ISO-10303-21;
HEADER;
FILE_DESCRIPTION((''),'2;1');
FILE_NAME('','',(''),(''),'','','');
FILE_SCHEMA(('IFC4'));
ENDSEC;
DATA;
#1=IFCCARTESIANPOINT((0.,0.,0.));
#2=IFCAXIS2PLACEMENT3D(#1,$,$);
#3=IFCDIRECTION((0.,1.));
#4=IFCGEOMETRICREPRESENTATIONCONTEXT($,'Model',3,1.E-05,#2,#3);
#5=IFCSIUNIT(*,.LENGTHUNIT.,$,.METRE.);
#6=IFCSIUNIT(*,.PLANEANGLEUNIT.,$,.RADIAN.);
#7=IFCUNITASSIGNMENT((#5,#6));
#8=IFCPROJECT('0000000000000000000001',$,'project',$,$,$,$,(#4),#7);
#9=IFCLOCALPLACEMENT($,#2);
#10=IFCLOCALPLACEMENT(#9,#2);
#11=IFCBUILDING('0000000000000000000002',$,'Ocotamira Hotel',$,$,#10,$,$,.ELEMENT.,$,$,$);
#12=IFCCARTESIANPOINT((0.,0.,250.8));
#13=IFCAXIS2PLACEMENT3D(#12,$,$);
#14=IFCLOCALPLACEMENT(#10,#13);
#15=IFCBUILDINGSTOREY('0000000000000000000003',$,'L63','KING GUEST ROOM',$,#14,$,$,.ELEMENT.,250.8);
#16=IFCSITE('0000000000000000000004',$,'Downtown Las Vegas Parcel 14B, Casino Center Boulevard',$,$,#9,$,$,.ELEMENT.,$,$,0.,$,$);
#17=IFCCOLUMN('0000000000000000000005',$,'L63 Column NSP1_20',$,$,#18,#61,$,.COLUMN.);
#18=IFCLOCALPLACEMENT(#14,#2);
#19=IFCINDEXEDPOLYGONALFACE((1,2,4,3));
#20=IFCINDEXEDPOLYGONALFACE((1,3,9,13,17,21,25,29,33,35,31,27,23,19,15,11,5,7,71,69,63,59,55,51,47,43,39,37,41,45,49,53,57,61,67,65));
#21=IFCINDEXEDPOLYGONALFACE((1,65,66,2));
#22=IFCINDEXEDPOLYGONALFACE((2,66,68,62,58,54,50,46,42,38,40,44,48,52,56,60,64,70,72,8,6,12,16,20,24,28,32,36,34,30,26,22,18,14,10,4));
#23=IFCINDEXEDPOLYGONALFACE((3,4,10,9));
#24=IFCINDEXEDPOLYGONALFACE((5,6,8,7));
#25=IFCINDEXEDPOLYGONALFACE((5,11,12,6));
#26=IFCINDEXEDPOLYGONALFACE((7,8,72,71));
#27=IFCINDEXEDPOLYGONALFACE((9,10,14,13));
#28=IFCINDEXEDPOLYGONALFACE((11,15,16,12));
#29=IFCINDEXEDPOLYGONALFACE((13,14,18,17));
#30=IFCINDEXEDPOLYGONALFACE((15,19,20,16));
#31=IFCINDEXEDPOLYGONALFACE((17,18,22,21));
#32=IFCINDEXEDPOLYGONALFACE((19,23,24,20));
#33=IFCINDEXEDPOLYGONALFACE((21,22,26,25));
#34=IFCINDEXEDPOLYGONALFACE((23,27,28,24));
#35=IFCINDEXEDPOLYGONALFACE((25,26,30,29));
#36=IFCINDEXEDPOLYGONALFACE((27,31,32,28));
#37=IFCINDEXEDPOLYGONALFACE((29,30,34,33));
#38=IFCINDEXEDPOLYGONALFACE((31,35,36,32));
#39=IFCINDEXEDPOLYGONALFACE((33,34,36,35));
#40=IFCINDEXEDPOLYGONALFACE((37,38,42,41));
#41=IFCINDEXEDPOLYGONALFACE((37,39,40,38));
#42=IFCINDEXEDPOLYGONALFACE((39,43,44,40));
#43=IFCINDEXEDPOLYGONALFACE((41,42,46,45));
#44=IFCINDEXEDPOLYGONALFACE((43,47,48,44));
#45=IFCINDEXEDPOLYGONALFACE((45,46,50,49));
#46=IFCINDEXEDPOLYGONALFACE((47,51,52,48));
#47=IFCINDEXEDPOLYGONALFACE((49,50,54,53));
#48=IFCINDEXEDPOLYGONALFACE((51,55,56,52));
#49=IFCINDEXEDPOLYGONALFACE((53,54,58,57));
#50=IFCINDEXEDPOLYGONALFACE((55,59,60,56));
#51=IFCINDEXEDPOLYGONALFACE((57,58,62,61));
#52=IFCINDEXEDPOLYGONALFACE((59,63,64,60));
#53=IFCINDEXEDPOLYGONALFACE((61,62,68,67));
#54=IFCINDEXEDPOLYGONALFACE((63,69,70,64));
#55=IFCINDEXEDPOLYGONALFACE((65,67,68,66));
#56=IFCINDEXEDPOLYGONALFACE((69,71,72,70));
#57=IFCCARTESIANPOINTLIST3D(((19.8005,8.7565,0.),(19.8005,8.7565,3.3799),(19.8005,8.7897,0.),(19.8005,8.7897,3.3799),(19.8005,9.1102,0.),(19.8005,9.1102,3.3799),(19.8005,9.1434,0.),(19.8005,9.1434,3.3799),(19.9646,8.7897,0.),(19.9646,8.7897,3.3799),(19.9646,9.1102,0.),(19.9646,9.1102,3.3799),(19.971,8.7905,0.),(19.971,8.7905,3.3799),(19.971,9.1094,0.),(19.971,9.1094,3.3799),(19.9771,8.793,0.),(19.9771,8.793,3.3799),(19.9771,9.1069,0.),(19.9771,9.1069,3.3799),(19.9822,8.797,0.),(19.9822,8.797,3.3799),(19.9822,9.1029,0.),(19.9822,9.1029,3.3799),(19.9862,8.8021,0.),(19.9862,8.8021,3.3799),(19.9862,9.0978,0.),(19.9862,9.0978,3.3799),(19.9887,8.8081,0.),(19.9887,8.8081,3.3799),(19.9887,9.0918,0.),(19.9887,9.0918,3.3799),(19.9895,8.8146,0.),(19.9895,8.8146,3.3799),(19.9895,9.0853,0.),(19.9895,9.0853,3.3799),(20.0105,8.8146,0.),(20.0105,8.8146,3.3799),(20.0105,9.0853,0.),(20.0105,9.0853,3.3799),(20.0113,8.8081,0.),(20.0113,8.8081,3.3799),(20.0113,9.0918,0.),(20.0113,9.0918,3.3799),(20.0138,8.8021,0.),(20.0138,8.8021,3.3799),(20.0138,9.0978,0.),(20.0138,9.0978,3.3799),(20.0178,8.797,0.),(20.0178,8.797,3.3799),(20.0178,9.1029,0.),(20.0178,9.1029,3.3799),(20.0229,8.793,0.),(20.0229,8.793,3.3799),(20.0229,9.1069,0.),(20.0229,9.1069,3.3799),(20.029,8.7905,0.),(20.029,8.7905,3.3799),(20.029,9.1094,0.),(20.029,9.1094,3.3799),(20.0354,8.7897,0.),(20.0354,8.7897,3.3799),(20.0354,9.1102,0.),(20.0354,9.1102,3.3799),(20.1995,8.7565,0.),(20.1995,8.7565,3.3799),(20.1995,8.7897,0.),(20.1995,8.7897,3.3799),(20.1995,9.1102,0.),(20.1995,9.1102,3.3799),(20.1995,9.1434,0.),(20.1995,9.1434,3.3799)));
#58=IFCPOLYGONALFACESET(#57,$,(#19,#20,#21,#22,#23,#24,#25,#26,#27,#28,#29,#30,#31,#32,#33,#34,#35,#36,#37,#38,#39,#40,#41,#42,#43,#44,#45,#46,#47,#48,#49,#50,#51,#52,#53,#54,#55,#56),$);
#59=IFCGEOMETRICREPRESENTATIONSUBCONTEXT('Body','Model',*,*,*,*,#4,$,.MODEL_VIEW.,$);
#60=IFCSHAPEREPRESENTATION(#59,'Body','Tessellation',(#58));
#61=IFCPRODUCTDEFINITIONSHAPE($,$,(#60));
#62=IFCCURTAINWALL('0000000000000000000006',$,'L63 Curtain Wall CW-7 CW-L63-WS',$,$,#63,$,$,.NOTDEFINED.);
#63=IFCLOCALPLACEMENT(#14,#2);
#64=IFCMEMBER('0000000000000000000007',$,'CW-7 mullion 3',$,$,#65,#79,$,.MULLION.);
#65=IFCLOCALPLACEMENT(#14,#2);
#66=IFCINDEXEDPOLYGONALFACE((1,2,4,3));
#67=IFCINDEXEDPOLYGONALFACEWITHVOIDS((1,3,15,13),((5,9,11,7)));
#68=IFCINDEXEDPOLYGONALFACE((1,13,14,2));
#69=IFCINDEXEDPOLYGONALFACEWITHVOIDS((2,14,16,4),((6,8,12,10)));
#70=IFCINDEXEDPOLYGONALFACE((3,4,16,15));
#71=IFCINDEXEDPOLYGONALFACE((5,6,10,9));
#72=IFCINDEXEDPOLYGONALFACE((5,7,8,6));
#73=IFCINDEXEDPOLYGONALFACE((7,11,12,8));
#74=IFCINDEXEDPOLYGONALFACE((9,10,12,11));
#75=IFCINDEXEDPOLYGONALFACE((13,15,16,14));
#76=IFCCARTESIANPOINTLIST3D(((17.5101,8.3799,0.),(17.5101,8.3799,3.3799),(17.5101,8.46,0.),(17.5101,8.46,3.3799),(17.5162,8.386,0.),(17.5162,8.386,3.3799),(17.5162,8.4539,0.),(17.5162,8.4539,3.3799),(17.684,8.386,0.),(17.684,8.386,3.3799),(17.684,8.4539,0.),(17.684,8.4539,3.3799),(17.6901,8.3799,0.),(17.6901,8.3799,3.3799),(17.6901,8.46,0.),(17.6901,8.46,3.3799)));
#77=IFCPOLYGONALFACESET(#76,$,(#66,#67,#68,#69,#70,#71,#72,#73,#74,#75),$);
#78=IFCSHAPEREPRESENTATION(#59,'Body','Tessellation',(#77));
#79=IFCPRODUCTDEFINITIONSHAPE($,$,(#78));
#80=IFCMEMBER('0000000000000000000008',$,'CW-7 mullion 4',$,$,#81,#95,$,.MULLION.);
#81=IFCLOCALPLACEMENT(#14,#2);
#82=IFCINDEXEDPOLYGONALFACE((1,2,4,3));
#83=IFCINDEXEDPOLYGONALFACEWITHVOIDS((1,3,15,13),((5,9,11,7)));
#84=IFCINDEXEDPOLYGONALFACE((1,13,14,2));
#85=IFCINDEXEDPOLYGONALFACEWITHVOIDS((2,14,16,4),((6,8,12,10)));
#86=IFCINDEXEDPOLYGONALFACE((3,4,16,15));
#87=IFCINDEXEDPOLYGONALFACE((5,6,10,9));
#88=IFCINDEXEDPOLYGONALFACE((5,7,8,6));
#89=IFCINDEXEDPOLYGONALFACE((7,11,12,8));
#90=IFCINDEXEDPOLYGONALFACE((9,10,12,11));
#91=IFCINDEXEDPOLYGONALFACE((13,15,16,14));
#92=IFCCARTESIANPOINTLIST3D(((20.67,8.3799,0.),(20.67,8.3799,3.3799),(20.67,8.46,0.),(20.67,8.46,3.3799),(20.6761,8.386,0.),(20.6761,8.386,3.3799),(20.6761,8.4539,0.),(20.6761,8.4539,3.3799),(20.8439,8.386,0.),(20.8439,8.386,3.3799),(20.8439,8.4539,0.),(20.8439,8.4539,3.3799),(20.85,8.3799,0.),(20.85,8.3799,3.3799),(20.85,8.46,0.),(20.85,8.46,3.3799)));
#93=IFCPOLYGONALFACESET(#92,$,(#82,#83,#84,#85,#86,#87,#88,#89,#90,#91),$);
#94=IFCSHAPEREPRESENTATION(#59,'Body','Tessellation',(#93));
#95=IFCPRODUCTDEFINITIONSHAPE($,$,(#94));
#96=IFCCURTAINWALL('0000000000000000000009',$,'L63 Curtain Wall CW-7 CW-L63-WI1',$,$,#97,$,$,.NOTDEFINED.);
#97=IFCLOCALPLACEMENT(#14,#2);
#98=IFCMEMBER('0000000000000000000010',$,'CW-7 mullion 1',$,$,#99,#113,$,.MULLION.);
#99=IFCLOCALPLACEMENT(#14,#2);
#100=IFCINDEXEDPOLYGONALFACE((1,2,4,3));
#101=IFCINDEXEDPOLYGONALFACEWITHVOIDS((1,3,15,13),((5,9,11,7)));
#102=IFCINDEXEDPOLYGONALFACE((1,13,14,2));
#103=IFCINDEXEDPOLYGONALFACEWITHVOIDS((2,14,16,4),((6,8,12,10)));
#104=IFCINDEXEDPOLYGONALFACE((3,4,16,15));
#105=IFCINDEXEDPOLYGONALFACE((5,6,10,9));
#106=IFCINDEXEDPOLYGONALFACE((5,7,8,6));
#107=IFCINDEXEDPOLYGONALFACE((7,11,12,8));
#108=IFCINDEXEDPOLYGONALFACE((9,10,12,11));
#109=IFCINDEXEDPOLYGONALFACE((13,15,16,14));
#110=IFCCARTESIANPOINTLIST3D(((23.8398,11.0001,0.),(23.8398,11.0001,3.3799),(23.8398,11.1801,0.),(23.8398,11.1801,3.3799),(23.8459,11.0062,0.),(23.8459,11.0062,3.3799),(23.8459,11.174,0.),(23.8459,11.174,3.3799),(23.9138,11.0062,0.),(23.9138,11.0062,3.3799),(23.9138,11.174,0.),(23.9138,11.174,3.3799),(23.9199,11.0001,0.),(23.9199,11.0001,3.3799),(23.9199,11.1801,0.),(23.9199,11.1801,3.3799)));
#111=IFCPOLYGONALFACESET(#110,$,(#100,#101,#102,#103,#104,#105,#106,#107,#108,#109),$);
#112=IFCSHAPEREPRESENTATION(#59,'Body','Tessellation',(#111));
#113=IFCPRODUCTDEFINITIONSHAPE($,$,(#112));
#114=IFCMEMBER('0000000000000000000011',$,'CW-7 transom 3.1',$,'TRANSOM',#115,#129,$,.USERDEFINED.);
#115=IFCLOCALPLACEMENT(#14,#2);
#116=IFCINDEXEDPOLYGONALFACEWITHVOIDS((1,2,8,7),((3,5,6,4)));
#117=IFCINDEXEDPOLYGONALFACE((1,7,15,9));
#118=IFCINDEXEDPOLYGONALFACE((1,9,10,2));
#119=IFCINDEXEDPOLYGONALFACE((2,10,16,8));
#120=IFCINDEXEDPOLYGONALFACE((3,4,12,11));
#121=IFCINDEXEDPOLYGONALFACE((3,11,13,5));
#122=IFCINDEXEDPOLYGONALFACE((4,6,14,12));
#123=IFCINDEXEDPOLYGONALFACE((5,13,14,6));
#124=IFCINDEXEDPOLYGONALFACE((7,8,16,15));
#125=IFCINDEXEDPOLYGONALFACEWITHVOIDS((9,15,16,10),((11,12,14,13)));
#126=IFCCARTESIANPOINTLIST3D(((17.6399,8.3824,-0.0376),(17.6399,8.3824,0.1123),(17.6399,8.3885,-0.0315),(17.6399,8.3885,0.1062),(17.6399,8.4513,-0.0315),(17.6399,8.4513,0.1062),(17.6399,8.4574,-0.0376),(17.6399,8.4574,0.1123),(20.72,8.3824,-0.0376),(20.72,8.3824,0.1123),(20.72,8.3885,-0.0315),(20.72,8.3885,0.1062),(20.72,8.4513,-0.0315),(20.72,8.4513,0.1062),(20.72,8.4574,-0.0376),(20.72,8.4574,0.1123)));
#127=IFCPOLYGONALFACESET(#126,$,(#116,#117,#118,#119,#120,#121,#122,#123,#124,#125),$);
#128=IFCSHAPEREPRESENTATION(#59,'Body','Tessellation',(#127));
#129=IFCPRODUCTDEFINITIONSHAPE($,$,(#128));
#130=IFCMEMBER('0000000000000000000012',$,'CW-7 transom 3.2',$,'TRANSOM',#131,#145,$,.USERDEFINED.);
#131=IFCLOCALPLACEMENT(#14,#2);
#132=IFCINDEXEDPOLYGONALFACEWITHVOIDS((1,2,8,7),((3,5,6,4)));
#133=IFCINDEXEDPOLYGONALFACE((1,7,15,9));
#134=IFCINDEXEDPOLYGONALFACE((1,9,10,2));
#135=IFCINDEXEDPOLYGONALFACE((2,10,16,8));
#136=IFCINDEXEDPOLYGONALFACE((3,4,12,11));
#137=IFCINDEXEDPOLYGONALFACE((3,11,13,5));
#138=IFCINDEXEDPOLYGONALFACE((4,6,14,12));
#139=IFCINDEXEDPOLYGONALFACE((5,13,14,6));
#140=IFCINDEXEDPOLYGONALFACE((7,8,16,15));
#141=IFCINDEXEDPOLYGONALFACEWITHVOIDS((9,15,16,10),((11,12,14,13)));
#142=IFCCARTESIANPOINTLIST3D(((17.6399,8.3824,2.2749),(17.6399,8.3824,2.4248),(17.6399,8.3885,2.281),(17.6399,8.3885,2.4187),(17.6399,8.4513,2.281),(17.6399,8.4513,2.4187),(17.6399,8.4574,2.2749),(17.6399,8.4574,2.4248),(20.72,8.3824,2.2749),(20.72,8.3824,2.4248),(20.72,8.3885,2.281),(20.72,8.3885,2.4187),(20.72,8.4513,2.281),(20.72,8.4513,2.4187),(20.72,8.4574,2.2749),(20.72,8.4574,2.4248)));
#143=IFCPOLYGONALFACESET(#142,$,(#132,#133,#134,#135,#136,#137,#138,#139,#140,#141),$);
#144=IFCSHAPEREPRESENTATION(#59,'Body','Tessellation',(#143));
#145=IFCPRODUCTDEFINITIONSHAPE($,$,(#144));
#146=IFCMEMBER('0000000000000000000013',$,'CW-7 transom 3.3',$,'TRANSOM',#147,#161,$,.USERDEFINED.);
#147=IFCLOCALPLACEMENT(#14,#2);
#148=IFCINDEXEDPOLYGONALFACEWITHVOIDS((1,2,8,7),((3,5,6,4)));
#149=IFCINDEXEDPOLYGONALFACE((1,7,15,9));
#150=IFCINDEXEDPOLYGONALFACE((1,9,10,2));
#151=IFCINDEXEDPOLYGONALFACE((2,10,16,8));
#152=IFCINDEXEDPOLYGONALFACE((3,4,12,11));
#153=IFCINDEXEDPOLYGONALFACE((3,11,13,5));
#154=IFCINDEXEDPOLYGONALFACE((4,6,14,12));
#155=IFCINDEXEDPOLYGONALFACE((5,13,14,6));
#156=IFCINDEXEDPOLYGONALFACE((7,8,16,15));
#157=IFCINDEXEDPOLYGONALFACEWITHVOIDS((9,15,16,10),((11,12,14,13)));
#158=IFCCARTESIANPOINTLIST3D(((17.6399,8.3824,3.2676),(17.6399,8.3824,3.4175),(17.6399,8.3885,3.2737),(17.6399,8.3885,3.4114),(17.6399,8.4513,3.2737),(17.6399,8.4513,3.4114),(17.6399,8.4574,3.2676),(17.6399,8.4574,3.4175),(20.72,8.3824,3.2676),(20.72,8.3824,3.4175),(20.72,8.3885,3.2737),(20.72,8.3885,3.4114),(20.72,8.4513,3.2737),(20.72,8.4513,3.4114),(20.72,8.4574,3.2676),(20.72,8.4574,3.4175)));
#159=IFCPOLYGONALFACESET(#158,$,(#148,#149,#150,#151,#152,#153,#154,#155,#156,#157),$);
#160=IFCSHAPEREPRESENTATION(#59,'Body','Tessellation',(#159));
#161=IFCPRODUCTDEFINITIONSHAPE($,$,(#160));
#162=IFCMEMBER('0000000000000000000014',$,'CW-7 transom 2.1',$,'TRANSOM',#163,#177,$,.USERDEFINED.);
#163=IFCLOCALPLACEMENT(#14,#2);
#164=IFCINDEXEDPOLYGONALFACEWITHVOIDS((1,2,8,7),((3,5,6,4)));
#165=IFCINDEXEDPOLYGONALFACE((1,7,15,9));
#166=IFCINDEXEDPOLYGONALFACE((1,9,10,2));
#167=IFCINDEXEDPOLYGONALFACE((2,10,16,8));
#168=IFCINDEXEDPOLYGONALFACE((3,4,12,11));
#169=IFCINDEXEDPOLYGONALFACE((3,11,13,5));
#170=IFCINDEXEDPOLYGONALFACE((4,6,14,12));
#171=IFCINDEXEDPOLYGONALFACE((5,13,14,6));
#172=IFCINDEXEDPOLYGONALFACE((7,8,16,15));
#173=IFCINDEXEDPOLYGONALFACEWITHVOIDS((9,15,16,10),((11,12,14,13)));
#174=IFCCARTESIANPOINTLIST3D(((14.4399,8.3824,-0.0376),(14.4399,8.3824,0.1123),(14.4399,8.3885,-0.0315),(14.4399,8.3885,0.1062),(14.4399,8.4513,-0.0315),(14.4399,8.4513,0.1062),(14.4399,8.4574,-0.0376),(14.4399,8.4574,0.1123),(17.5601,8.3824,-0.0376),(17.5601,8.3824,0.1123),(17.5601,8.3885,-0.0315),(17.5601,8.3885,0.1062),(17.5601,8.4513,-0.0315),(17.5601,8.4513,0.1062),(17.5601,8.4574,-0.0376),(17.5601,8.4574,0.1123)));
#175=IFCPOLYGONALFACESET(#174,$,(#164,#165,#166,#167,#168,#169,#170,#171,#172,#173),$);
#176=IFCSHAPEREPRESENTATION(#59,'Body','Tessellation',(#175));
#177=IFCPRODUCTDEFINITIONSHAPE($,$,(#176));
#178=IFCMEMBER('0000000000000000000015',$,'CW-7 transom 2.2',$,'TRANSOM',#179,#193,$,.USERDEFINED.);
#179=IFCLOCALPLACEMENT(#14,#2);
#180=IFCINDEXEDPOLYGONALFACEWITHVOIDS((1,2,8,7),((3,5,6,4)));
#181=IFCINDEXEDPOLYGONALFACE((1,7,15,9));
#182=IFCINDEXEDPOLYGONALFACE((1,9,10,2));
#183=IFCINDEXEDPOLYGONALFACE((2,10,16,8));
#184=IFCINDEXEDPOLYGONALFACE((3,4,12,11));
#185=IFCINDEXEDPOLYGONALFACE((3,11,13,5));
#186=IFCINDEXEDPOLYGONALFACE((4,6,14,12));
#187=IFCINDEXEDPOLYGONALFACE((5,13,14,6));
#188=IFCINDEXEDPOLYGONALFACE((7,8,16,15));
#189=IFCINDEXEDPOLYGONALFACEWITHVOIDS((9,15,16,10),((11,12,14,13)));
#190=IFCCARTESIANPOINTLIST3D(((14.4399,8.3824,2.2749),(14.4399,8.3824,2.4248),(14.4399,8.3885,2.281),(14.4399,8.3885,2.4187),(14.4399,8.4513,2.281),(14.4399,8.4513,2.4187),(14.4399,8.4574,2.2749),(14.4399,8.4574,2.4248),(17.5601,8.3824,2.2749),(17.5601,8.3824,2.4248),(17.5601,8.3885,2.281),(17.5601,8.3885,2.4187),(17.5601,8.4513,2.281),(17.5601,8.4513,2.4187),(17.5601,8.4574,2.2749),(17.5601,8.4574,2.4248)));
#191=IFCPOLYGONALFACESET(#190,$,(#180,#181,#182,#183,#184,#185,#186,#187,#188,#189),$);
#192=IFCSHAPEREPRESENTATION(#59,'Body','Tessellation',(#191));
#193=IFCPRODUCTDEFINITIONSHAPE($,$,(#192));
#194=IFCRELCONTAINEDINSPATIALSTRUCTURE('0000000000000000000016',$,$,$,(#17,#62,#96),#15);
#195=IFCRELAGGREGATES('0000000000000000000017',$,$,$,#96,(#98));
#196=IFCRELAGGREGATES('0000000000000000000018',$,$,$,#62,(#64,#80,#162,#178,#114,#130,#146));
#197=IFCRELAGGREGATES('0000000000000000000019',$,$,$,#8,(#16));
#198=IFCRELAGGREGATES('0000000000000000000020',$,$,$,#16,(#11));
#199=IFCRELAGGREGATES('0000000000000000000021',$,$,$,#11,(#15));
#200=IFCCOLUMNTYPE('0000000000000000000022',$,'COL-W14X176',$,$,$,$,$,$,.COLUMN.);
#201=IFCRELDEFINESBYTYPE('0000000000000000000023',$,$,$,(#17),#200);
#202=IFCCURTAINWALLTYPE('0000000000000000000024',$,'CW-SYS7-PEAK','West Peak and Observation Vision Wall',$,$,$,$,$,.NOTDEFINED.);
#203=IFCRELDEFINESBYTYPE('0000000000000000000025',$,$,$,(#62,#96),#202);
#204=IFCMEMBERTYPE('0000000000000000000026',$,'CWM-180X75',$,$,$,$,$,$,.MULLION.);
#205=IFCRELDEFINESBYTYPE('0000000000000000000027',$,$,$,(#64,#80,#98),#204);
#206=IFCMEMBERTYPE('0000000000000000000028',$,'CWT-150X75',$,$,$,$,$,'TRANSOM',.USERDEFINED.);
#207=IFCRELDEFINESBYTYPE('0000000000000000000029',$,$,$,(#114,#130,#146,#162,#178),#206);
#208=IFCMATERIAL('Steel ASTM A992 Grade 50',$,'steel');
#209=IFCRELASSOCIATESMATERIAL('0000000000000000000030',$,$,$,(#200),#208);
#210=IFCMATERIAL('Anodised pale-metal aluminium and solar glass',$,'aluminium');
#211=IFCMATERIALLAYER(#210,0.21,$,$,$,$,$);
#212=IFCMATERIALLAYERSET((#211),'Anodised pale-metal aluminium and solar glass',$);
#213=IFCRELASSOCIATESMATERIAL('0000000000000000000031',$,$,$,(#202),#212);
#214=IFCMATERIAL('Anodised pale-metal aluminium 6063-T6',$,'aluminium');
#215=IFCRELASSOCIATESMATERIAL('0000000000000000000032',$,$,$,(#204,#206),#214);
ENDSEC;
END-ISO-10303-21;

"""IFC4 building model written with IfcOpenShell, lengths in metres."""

from ifc_helpers import new_model, si_unit, direction, frame, origin, origin_2d, place, context, subcontext, project, spatial, hollow_rectangle, i_section, extrude, source, transform, mapped, material, layer, layer_set, material_profile, profile_set, type_object, element, aggregate, save


model = new_model("IFC4")

# Units and contexts
model_context = context("Model", 3, precision=1e-05, world=origin(), true_north=direction((0.0, 1.0)))
body_context = subcontext(model_context, "Body", "Model", "MODEL_VIEW")
ifc_project = project(units=[si_unit("LENGTHUNIT", "METRE"), si_unit("PLANEANGLEUNIT", "RADIAN")], contexts=[model_context])

# Site, building, storey
site_placement = place(None, origin())
site = spatial("IfcSite", under=ifc_project, at=site_placement, Name="Downtown Las Vegas Parcel 14B, Casino Center Boulevard", CompositionType="ELEMENT", RefElevation=0.0)
building_placement = place(site_placement, origin())
building = spatial("IfcBuilding", under=site, at=building_placement, Name="Ocotamira Hotel", CompositionType="ELEMENT")
storey_placement = place(building_placement, frame((0.0, 0.0, 250.8)))
storey = spatial("IfcBuildingStorey", under=building, at=storey_placement, Name="L63", Description="KING GUEST ROOM", CompositionType="ELEMENT", Elevation=250.8)

# Column
ifc_material_1 = material(Name="Steel ASTM A992 Grade 50", Category="steel")
ifc_material_profile_1 = material_profile(ifc_material_1, i_section(OverallWidth=0.3989, OverallDepth=0.387, WebThickness=0.021, FlangeThickness=0.0332, FilletRadius=0.0249, at=origin_2d()), Name="W14X176")
ifc_profile_set_1 = profile_set([ifc_material_profile_1], Name="Steel ASTM A992 Grade 50")
column_type = type_object("IfcColumnType", Name="COL-W14X176", PredefinedType="COLUMN", material=ifc_profile_set_1)
shared_shape_1 = source(origin(), body_context, "Body", "SweptSolid", [
    extrude(i_section(OverallWidth=0.3989, OverallDepth=0.387, WebThickness=0.021, FlangeThickness=0.0332, FilletRadius=0.0249, at=origin_2d()), origin(), (0.0, 0.0, 1.0), 3.3799),
])
column_placement = place(storey_placement, frame((20.0, 8.95, 0.0), z_axis=(0.0, 0.0, 1.0), x_axis=(1.0, 0.0, 0.0)))
element("IfcColumn", 1, at=column_placement, inside=storey, type_object=column_type, Name="L63 Column NSP1_20", PredefinedType="COLUMN", context=body_context, shape_type="MappedRepresentation", body=[
    mapped(shared_shape_1, transform((0.0, 0.0, 0.0), scale=1.0)),
])

# Curtain wall, members
ifc_material_2 = material(Name="Anodised pale-metal aluminium and solar glass", Category="aluminium")
ifc_layer_1 = layer(ifc_material_2, 0.21)
ifc_layer_set_1 = layer_set([ifc_layer_1], Name="Anodised pale-metal aluminium and solar glass")
curtain_wall_type = type_object("IfcCurtainWallType", Name="CW-SYS7-PEAK", Description="West Peak and Observation Vision Wall", PredefinedType="NOTDEFINED", material=ifc_layer_set_1)
curtain_wall_1_placement = place(storey_placement, origin())
curtain_wall_1 = element("IfcCurtainWall", 2, at=curtain_wall_1_placement, inside=storey, type_object=curtain_wall_type, Name="L63 Curtain Wall CW-7 CW-L63-WS", PredefinedType="NOTDEFINED")
ifc_material_3 = material(Name="Anodised pale-metal aluminium 6063-T6", Category="aluminium")
ifc_material_profile_2 = material_profile(ifc_material_3, hollow_rectangle(XDim=0.0801, YDim=0.1799, WallThickness=0.0061, at=origin_2d()), Name="HSS180X80X6")
ifc_profile_set_2 = profile_set([ifc_material_profile_2], Name="Anodised pale-metal aluminium 6063-T6")
member_type_1 = type_object("IfcMemberType", Name="CWM-180X75", PredefinedType="MULLION", material=ifc_profile_set_2)
shared_shape_2 = source(origin(), body_context, "Body", "SweptSolid", [
    extrude(hollow_rectangle(XDim=0.0801, YDim=0.1799, WallThickness=0.0061, at=origin_2d()), origin(), (0.0, 0.0, 1.0), 3.3799),
])
member_1_placement = place(storey_placement, frame((17.6001, 8.4199, 0.0), z_axis=(0.0, 0.0, 1.0), x_axis=(0.0, 1.0, 0.0)))
member_1 = element("IfcMember", 3, at=member_1_placement, type_object=member_type_1, Name="CW-7 mullion 3", PredefinedType="MULLION", context=body_context, shape_type="MappedRepresentation", body=[
    mapped(shared_shape_2, transform((0.0, 0.0, 0.0), scale=1.0)),
])
member_2_placement = place(storey_placement, frame((20.76, 8.4199, 0.0), z_axis=(0.0, 0.0, 1.0), x_axis=(0.0, 1.0, 0.0)))
member_2 = element("IfcMember", 4, at=member_2_placement, type_object=member_type_1, Name="CW-7 mullion 4", PredefinedType="MULLION", context=body_context, shape_type="MappedRepresentation", body=[
    mapped(shared_shape_2, transform((0.0, 0.0, 0.0), scale=1.0)),
])

# Curtain wall, member
curtain_wall_2_placement = place(storey_placement, origin())
curtain_wall_2 = element("IfcCurtainWall", 5, at=curtain_wall_2_placement, inside=storey, type_object=curtain_wall_type, Name="L63 Curtain Wall CW-7 CW-L63-WI1", PredefinedType="NOTDEFINED")
member_3_placement = place(storey_placement, frame((23.8799, 11.0901, 0.0), z_axis=(0.0, 0.0, 1.0), x_axis=(-1.0, 0.0, 0.0)))
member_3 = element("IfcMember", 6, at=member_3_placement, type_object=member_type_1, Name="CW-7 mullion 1", PredefinedType="MULLION", context=body_context, shape_type="MappedRepresentation", body=[
    mapped(shared_shape_2, transform((0.0, 0.0, 0.0), scale=1.0)),
])

# Members
ifc_material_profile_3 = material_profile(ifc_material_3, hollow_rectangle(XDim=0.075, YDim=0.1499, WallThickness=0.0061, at=origin_2d()), Name="HSS150X75X6")
ifc_profile_set_3 = profile_set([ifc_material_profile_3], Name="Anodised pale-metal aluminium 6063-T6")
member_type_2 = type_object("IfcMemberType", Name="CWT-150X75", ElementType="TRANSOM", PredefinedType="USERDEFINED", material=ifc_profile_set_3)
shared_shape_3 = source(origin(), body_context, "Body", "SweptSolid", [
    extrude(hollow_rectangle(XDim=0.075, YDim=0.1499, WallThickness=0.0061, at=origin_2d()), origin(), (0.0, 0.0, 1.0), 3.0801),
])
member_4_placement = place(storey_placement, frame((17.6399, 8.4199, 0.0374), z_axis=(1.0, 0.0, 0.0), x_axis=(0.0, 1.0, 0.0)))
member_4 = element("IfcMember", 7, at=member_4_placement, type_object=member_type_2, Name="CW-7 transom 3.1", ObjectType="TRANSOM", PredefinedType="USERDEFINED", context=body_context, shape_type="MappedRepresentation", body=[
    mapped(shared_shape_3, transform((0.0, 0.0, 0.0), scale=1.0)),
])
member_5_placement = place(storey_placement, frame((17.6399, 8.4199, 2.3499), z_axis=(1.0, 0.0, 0.0), x_axis=(0.0, 1.0, 0.0)))
member_5 = element("IfcMember", 8, at=member_5_placement, type_object=member_type_2, Name="CW-7 transom 3.2", ObjectType="TRANSOM", PredefinedType="USERDEFINED", context=body_context, shape_type="MappedRepresentation", body=[
    mapped(shared_shape_3, transform((0.0, 0.0, 0.0), scale=1.0)),
])
member_6_placement = place(storey_placement, frame((17.6399, 8.4199, 3.3425), z_axis=(1.0, 0.0, 0.0), x_axis=(0.0, 1.0, 0.0)))
member_6 = element("IfcMember", 9, at=member_6_placement, type_object=member_type_2, Name="CW-7 transom 3.3", ObjectType="TRANSOM", PredefinedType="USERDEFINED", context=body_context, shape_type="MappedRepresentation", body=[
    mapped(shared_shape_3, transform((0.0, 0.0, 0.0), scale=1.0)),
])
shared_shape_4 = source(origin(), body_context, "Body", "SweptSolid", [
    extrude(hollow_rectangle(XDim=0.075, YDim=0.1499, WallThickness=0.0061, at=origin_2d()), origin(), (0.0, 0.0, 1.0), 3.1201),
])
member_7_placement = place(storey_placement, frame((14.4399, 8.4199, 0.0374), z_axis=(1.0, 0.0, 0.0), x_axis=(0.0, 1.0, 0.0)))
member_7 = element("IfcMember", 10, at=member_7_placement, type_object=member_type_2, Name="CW-7 transom 2.1", ObjectType="TRANSOM", PredefinedType="USERDEFINED", context=body_context, shape_type="MappedRepresentation", body=[
    mapped(shared_shape_4, transform((0.0, 0.0, 0.0), scale=1.0)),
])
member_8_placement = place(storey_placement, frame((14.4399, 8.4199, 2.3499), z_axis=(1.0, 0.0, 0.0), x_axis=(0.0, 1.0, 0.0)))
member_8 = element("IfcMember", 11, at=member_8_placement, type_object=member_type_2, Name="CW-7 transom 2.2", ObjectType="TRANSOM", PredefinedType="USERDEFINED", context=body_context, shape_type="MappedRepresentation", body=[
    mapped(shared_shape_4, transform((0.0, 0.0, 0.0), scale=1.0)),
])
aggregate(curtain_wall_2, [member_3])

aggregate(curtain_wall_1, [member_1, member_2, member_7, member_8, member_4, member_5, member_6])

save(model, "model.ifc")
